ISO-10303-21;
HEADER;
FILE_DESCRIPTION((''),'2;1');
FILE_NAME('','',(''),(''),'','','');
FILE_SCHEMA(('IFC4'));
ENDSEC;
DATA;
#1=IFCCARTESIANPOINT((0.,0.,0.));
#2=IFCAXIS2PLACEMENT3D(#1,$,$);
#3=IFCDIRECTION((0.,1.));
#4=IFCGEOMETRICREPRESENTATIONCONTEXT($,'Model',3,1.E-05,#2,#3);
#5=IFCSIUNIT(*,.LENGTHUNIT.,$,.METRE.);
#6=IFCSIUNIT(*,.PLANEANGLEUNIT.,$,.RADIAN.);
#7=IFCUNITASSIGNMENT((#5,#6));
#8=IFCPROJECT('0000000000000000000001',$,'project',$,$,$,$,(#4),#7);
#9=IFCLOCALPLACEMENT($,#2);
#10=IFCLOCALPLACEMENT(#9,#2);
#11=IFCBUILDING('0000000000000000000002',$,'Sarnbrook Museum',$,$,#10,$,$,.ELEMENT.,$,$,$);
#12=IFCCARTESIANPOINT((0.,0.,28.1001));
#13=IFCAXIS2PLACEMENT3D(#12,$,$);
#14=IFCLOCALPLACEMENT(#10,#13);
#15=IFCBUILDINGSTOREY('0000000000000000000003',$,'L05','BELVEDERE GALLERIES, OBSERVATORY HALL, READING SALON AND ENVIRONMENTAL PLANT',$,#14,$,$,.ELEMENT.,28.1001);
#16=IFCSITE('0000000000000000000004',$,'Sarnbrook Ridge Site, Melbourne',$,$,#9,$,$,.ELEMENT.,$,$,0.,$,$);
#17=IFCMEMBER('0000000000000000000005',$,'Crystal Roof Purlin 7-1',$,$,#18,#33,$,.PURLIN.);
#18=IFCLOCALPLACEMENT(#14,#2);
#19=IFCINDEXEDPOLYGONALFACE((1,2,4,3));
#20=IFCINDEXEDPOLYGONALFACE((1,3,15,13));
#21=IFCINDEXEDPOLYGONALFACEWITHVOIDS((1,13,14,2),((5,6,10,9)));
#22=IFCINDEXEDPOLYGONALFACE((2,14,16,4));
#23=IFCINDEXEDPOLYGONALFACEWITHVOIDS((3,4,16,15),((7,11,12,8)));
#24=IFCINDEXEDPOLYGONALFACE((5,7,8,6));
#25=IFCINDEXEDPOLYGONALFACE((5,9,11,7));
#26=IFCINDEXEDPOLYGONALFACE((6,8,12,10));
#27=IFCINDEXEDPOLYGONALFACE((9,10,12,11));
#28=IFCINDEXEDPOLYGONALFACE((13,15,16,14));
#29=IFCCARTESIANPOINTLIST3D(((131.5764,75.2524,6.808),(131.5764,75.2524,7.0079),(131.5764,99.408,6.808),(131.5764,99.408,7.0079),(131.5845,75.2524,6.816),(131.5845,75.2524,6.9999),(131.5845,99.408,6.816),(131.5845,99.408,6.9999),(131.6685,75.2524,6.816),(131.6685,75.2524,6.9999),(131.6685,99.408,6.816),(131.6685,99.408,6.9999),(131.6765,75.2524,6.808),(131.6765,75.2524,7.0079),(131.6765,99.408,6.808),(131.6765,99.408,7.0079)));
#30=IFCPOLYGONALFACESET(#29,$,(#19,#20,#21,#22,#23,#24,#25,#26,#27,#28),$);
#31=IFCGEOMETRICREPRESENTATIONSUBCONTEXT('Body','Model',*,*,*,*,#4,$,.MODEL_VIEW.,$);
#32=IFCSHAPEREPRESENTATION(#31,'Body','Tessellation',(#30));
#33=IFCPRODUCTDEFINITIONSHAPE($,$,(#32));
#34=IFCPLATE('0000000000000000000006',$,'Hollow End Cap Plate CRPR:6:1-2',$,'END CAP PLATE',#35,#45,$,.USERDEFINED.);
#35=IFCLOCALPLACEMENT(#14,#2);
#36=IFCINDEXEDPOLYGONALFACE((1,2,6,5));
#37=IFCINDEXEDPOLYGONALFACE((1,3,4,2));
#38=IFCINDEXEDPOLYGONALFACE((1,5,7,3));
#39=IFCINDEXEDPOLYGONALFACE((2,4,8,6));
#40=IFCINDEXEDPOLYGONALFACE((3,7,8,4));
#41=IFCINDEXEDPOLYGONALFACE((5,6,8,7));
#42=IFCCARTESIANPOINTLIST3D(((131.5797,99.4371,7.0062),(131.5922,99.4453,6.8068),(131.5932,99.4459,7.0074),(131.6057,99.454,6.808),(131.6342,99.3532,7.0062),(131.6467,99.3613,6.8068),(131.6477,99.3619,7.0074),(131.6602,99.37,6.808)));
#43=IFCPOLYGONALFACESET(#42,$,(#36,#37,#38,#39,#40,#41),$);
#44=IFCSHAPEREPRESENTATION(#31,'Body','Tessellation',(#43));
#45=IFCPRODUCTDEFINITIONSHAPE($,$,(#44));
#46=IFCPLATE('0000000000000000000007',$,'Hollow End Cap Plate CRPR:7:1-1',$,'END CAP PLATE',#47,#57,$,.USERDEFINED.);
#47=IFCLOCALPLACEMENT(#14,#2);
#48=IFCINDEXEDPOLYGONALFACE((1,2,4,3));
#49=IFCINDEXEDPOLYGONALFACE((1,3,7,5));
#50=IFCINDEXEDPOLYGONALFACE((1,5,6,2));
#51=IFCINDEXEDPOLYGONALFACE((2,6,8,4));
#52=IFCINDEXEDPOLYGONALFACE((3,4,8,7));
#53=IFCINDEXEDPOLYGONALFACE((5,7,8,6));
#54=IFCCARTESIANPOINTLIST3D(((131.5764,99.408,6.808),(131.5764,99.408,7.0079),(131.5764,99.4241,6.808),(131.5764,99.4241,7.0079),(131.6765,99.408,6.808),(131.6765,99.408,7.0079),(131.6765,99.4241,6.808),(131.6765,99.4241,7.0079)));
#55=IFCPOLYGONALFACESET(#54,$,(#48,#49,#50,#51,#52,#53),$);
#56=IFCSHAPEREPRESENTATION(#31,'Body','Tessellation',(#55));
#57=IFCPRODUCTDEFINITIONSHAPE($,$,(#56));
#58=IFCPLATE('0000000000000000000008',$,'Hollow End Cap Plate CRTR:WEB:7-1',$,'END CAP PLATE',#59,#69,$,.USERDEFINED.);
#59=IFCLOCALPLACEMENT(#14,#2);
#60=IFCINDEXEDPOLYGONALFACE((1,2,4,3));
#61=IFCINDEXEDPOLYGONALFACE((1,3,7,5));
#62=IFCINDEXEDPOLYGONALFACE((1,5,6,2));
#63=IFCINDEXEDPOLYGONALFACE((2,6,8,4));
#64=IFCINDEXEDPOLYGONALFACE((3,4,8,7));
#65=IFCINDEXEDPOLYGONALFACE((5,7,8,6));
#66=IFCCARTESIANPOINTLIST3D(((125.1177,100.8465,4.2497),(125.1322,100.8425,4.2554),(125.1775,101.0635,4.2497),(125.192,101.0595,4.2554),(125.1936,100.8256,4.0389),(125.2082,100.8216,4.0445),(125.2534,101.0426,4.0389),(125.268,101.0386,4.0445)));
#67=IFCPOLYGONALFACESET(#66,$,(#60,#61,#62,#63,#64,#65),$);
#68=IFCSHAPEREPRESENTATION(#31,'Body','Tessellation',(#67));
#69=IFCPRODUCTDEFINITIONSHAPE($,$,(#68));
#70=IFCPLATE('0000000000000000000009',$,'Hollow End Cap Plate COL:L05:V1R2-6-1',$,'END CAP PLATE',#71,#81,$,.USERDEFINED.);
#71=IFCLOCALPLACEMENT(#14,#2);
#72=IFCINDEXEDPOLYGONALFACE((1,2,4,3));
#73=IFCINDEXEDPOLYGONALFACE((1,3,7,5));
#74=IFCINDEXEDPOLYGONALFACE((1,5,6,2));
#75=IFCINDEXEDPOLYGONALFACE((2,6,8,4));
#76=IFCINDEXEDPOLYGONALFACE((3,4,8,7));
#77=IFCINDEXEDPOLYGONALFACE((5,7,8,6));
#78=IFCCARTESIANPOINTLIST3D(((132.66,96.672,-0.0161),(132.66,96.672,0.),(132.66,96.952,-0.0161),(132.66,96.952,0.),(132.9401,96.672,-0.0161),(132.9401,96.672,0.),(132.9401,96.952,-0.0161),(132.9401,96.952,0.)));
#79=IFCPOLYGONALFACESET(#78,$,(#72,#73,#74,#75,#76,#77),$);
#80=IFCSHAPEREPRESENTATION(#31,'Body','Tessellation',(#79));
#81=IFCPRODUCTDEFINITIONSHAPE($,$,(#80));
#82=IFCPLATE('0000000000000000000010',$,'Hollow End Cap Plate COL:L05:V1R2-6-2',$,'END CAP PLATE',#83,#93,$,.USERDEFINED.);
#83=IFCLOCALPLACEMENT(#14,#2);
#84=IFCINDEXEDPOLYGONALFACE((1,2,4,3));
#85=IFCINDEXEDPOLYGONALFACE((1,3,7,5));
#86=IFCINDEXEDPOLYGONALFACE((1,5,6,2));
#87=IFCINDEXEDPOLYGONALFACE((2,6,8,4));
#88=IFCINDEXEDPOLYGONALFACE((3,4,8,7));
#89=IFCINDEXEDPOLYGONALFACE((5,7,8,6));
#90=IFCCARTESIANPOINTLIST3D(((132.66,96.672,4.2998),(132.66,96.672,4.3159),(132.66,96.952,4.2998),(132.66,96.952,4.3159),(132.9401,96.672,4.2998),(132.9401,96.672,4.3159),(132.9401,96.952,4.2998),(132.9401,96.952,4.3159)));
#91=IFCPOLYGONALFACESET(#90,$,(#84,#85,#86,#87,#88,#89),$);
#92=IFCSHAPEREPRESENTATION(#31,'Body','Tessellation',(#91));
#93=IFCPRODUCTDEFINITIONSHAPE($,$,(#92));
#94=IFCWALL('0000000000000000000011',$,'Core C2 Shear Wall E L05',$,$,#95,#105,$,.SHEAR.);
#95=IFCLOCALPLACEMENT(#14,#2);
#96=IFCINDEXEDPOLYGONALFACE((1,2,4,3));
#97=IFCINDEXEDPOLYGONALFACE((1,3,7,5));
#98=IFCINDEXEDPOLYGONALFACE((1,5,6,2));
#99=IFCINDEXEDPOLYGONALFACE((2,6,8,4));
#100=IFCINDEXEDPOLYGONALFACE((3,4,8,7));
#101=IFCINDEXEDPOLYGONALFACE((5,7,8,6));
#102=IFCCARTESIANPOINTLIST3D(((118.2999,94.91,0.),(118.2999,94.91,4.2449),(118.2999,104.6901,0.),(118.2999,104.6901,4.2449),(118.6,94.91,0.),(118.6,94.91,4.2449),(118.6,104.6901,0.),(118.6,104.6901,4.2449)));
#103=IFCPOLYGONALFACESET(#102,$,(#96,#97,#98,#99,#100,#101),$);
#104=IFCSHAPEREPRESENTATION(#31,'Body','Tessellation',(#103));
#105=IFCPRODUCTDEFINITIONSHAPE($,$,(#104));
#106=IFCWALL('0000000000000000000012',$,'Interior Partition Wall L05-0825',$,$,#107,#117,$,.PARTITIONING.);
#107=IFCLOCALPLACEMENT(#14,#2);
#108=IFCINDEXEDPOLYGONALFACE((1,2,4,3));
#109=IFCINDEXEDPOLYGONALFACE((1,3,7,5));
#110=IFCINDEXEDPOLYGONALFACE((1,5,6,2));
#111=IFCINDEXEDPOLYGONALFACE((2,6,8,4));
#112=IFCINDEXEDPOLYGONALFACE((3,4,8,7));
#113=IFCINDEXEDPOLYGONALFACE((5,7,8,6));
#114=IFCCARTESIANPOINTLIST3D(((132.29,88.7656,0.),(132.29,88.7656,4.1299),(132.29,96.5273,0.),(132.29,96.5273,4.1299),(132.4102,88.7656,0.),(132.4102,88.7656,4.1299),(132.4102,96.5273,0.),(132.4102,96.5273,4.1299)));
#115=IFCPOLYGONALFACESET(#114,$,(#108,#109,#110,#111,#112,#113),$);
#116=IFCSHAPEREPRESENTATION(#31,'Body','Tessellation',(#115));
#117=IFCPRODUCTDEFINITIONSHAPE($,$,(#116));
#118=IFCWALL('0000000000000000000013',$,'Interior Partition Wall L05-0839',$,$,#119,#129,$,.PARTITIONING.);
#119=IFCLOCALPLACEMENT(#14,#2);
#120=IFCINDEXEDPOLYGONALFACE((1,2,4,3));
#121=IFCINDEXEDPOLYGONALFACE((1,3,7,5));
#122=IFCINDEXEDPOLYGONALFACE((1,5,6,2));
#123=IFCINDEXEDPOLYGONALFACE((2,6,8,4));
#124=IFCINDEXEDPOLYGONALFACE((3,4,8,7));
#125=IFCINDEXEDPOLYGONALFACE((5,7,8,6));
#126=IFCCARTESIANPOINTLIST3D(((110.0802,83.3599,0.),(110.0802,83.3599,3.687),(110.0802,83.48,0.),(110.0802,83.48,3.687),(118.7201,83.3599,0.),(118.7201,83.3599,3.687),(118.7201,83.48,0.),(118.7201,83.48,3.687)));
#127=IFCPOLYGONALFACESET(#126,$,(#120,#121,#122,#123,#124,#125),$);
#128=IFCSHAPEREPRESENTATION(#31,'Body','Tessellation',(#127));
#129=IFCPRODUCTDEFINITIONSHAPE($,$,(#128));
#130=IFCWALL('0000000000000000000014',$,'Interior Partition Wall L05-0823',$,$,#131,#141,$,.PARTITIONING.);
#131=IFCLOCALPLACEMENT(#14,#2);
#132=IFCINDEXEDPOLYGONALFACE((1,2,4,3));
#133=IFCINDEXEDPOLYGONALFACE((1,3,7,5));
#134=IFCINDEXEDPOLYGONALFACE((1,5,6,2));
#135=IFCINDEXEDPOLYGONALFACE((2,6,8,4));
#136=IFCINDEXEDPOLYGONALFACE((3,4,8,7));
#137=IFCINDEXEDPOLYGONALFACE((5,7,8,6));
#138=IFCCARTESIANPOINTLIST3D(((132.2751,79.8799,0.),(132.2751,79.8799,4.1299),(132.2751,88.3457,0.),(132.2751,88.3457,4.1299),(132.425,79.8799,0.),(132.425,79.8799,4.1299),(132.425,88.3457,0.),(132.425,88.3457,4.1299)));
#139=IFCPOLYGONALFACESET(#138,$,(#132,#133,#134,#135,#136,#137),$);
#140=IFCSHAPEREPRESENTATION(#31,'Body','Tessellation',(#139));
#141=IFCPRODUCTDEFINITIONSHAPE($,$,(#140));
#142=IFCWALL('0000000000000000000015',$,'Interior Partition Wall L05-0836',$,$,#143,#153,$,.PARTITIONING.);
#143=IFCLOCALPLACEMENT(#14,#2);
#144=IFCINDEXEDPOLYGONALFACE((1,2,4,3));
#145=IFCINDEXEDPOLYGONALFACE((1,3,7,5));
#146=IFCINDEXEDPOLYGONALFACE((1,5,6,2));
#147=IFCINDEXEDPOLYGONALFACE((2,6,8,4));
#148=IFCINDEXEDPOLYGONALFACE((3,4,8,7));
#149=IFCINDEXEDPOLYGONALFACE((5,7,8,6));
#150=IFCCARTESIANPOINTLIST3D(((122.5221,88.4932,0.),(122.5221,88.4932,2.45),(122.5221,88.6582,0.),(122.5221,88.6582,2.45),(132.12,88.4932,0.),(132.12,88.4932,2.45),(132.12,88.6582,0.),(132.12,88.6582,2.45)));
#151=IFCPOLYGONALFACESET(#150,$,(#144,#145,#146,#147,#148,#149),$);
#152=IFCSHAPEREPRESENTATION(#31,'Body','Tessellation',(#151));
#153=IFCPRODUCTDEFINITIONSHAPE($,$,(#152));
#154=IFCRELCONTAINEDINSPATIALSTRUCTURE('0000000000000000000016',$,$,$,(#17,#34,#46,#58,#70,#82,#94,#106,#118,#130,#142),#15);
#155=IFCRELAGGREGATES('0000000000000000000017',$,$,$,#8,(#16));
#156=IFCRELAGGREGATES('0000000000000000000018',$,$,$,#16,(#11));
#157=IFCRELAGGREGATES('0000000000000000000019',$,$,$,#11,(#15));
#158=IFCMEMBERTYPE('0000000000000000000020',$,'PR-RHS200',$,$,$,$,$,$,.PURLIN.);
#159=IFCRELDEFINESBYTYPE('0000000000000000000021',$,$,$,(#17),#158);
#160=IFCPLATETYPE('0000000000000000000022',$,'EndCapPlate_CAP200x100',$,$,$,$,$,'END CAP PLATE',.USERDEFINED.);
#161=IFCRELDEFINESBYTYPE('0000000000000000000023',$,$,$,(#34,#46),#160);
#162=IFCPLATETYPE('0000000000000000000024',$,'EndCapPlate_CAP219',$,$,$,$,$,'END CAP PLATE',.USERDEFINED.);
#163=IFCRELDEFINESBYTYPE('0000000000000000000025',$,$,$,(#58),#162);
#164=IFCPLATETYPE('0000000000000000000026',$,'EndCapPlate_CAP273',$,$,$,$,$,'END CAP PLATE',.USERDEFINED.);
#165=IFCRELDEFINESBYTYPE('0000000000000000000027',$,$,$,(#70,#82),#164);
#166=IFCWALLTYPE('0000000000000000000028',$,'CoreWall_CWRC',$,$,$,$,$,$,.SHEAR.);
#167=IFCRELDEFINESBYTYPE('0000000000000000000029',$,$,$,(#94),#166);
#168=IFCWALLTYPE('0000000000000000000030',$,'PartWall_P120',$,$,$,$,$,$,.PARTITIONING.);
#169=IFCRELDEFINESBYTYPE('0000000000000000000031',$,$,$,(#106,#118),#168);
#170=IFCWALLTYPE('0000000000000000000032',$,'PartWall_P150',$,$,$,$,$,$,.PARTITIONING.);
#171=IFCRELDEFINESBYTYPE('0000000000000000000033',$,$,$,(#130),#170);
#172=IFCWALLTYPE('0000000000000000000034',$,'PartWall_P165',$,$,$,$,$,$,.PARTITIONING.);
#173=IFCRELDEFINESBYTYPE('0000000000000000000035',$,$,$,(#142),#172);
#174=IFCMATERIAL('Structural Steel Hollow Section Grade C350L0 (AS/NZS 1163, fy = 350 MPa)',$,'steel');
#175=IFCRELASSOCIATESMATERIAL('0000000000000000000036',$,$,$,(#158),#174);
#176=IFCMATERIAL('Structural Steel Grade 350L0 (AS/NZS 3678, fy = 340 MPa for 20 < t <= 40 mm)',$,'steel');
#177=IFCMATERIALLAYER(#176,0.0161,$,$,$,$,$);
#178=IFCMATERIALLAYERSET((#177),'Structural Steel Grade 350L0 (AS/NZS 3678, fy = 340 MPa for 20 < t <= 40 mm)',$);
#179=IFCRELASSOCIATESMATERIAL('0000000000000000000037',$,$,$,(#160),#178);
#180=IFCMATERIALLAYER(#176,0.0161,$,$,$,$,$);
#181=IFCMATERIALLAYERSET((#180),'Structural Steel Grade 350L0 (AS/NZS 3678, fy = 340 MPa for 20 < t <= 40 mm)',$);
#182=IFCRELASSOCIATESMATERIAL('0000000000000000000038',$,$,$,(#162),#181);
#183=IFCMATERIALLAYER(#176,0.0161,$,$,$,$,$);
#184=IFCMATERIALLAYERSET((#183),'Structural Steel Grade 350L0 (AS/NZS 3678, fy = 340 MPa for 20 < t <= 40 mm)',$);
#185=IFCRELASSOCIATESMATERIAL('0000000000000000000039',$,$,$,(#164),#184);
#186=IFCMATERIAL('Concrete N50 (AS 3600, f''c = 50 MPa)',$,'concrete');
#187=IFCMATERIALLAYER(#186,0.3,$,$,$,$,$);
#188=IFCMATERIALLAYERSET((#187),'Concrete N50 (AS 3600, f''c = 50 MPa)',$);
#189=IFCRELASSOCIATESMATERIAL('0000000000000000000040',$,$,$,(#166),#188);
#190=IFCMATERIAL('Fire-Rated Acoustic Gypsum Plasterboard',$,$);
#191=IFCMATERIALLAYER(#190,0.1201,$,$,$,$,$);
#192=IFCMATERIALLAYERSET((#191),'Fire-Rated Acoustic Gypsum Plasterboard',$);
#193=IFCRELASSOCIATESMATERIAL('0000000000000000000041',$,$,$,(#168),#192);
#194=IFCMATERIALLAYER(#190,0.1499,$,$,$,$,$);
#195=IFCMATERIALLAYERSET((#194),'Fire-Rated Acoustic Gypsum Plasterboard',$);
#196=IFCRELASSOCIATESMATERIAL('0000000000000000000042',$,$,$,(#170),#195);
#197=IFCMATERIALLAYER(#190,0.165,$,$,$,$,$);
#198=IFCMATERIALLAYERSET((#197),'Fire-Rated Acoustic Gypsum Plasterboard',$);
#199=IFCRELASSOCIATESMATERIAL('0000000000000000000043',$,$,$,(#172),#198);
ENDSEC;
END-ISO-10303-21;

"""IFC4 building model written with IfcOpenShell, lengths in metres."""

from ifc_helpers import new_model, si_unit, direction, frame, frame_2d, origin, origin_2d, place, context, subcontext, project, spatial, rectangle, hollow_rectangle, extrude, material, layer, layer_set, material_profile, profile_set, type_object, element, save


model = new_model("IFC4")

# Units and contexts
model_context = context("Model", 3, precision=1e-05, world=origin(), true_north=direction((0.0, 1.0)))
body_context = subcontext(model_context, "Body", "Model", "MODEL_VIEW")
ifc_project = project(units=[si_unit("LENGTHUNIT", "METRE"), si_unit("PLANEANGLEUNIT", "RADIAN")], contexts=[model_context])

# Site, building, storey
site_placement = place(None, origin())
site = spatial("IfcSite", under=ifc_project, at=site_placement, Name="Sarnbrook Ridge Site, Melbourne", CompositionType="ELEMENT", RefElevation=0.0)
building_placement = place(site_placement, origin())
building = spatial("IfcBuilding", under=site, at=building_placement, Name="Sarnbrook Museum", CompositionType="ELEMENT")
storey_placement = place(building_placement, frame((0.0, 0.0, 28.1001)))
storey = spatial("IfcBuildingStorey", under=building, at=storey_placement, Name="L05", Description="BELVEDERE GALLERIES, OBSERVATORY HALL, READING SALON AND ENVIRONMENTAL PLANT", CompositionType="ELEMENT", Elevation=28.1001)

# Shared definitions
ifc_material_1 = material(Name="Structural Steel Hollow Section Grade C350L0 (AS/NZS 1163, fy = 350 MPa)", Category="steel")

# Shared definitions
ifc_material_2 = material(Name="Structural Steel Grade 350L0 (AS/NZS 3678, fy = 340 MPa for 20 < t <= 40 mm)", Category="steel")

# Member
ifc_material_profile_1 = material_profile(ifc_material_1, hollow_rectangle(XDim=0.1001, YDim=0.2, WallThickness=0.0081, at=origin_2d()), Name="200x100x8.0RHS")
ifc_profile_set_1 = profile_set([ifc_material_profile_1], Name="Structural Steel Hollow Section Grade C350L0 (AS/NZS 1163, fy = 350 MPa)")
member_type_1 = type_object("IfcMemberType", Name="PR-RHS200", PredefinedType="PURLIN", material=ifc_profile_set_1)
member_1_placement = place(storey_placement, frame((131.6265, 99.408, 6.908), z_axis=(0.0, -1.0, 0.0), x_axis=(1.0, 0.0, 0.0)))
element("IfcMember", 1, at=member_1_placement, inside=storey, type_object=member_type_1, Name="Crystal Roof Purlin 7-1", PredefinedType="PURLIN", context=body_context, shape_type="SweptSolid", body=[
    extrude(hollow_rectangle(XDim=0.1001, YDim=0.2, WallThickness=0.0081, at=origin_2d()), origin(), (0.0, 0.0, 1.0), 24.1555),
])

# Plates
ifc_layer_1 = layer(ifc_material_2, 0.0161)
ifc_layer_set_1 = layer_set([ifc_layer_1], Name="Structural Steel Grade 350L0 (AS/NZS 3678, fy = 340 MPa for 20 < t <= 40 mm)")
plate_type_1 = type_object("IfcPlateType", Name="EndCapPlate_CAP200x100", ElementType="END CAP PLATE", PredefinedType="USERDEFINED", material=ifc_layer_set_1)
for number, where, z_axis, x_axis, name in (
    (2, (131.6267, 99.408, 6.9077), (-0.836561, -0.542767, -0.074627), (0.544285, -0.838901, 0.0), "Hollow End Cap Plate CRPR:6:1-2"),
    (3, (131.6265, 99.4241, 6.908), (0.0, -1.0, 0.0), (1.0, 0.0, 0.0), "Hollow End Cap Plate CRPR:7:1-1"),
):
    element("IfcPlate", number, at=place(storey_placement, frame(where, z_axis=z_axis, x_axis=x_axis)), inside=storey, type_object=plate_type_1, Name=name, ObjectType="END CAP PLATE", PredefinedType="USERDEFINED", context=body_context, shape_type="SweptSolid", body=[
        extrude(rectangle(XDim=0.1001, YDim=0.2, at=origin_2d()), origin(), (0.0, 0.0, 1.0), 0.0161),
    ])
ifc_layer_2 = layer(ifc_material_2, 0.0161)
ifc_layer_set_2 = layer_set([ifc_layer_2], Name="Structural Steel Grade 350L0 (AS/NZS 3678, fy = 340 MPa for 20 < t <= 40 mm)")
plate_type_2 = type_object("IfcPlateType", Name="EndCapPlate_CAP219", ElementType="END CAP PLATE", PredefinedType="USERDEFINED", material=ifc_layer_set_2)
plate_placement = place(storey_placement, frame((125.1855, 100.9446, 4.1443), z_axis=(0.903088, -0.248856, 0.350005), x_axis=(0.265659, 0.964067, 0.0)))
element("IfcPlate", 4, at=plate_placement, inside=storey, type_object=plate_type_2, Name="Hollow End Cap Plate CRTR:WEB:7-1", ObjectType="END CAP PLATE", PredefinedType="USERDEFINED", context=body_context, shape_type="SweptSolid", body=[
    extrude(rectangle(XDim=0.2251, YDim=0.2251, at=origin_2d()), origin(), (0.0, 0.0, 1.0), 0.0161),
])
ifc_layer_3 = layer(ifc_material_2, 0.0161)
ifc_layer_set_3 = layer_set([ifc_layer_3], Name="Structural Steel Grade 350L0 (AS/NZS 3678, fy = 340 MPa for 20 < t <= 40 mm)")
plate_type_3 = type_object("IfcPlateType", Name="EndCapPlate_CAP273", ElementType="END CAP PLATE", PredefinedType="USERDEFINED", material=ifc_layer_set_3)
for number, where, z_axis, x_axis, name in (
    (5, (132.8, 96.812, -0.0161), (0.0, 0.0, 1.0), (1.0, 0.0, 0.0), "Hollow End Cap Plate COL:L05:V1R2-6-1"),
    (6, (132.8, 96.812, 4.2998), (0.0, 0.0, 1.0), (1.0, 0.0, 0.0), "Hollow End Cap Plate COL:L05:V1R2-6-2"),
):
    element("IfcPlate", number, at=place(storey_placement, frame(where, z_axis=z_axis, x_axis=x_axis)), inside=storey, type_object=plate_type_3, Name=name, ObjectType="END CAP PLATE", PredefinedType="USERDEFINED", context=body_context, shape_type="SweptSolid", body=[
        extrude(rectangle(XDim=0.28, YDim=0.28, at=origin_2d()), origin(), (0.0, 0.0, 1.0), 0.0161),
    ])

# Walls
ifc_material_3 = material(Name="Concrete N50 (AS 3600, f'c = 50 MPa)", Category="concrete")
ifc_layer_4 = layer(ifc_material_3, 0.3)
ifc_layer_set_4 = layer_set([ifc_layer_4], Name="Concrete N50 (AS 3600, f'c = 50 MPa)")
wall_type_1 = type_object("IfcWallType", Name="CoreWall_CWRC", PredefinedType="SHEAR", material=ifc_layer_set_4)
wall_1_placement = place(storey_placement, frame((118.45, 94.9099, 0.0), z_axis=(0.0, 0.0, 1.0), x_axis=(0.0, 1.0, 0.0)))
element("IfcWall", 7, at=wall_1_placement, inside=storey, type_object=wall_type_1, Name="Core C2 Shear Wall E L05", PredefinedType="SHEAR", context=body_context, shape_type="SweptSolid", body=[
    extrude(rectangle(XDim=9.78, YDim=0.3, at=frame_2d((4.8901, 0.0))), origin(), (0.0, 0.0, 1.0), 4.2449),
])
ifc_material_4 = material(Name="Fire-Rated Acoustic Gypsum Plasterboard")
ifc_layer_5 = layer(ifc_material_4, 0.1201)
ifc_layer_set_5 = layer_set([ifc_layer_5], Name="Fire-Rated Acoustic Gypsum Plasterboard")
wall_type_2 = type_object("IfcWallType", Name="PartWall_P120", PredefinedType="PARTITIONING", material=ifc_layer_set_5)
wall_2_placement = place(storey_placement, frame((132.3501, 96.5273, 0.0), z_axis=(0.0, 0.0, 1.0), x_axis=(0.0, -1.0, 0.0)))
element("IfcWall", 8, at=wall_2_placement, inside=storey, type_object=wall_type_2, Name="Interior Partition Wall L05-0825", PredefinedType="PARTITIONING", context=body_context, shape_type="SweptSolid", body=[
    extrude(rectangle(XDim=7.7617, YDim=0.1201, at=frame_2d((3.8809, 0.0))), origin(), (0.0, 0.0, 1.0), 4.1299),
])
wall_3_placement = place(storey_placement, frame((118.72, 83.4199, 0.0), z_axis=(0.0, 0.0, 1.0), x_axis=(-1.0, 0.0, 0.0)))
element("IfcWall", 9, at=wall_3_placement, inside=storey, type_object=wall_type_2, Name="Interior Partition Wall L05-0839", PredefinedType="PARTITIONING", context=body_context, shape_type="SweptSolid", body=[
    extrude(rectangle(XDim=8.6399, YDim=0.1201, at=frame_2d((4.3198, 0.0))), origin(), (0.0, 0.0, 1.0), 3.687),
])
ifc_layer_6 = layer(ifc_material_4, 0.1499)
ifc_layer_set_6 = layer_set([ifc_layer_6], Name="Fire-Rated Acoustic Gypsum Plasterboard")
wall_type_3 = type_object("IfcWallType", Name="PartWall_P150", PredefinedType="PARTITIONING", material=ifc_layer_set_6)
wall_4_placement = place(storey_placement, frame((132.3501, 88.3457, 0.0), z_axis=(0.0, 0.0, 1.0), x_axis=(0.0, -1.0, 0.0)))
element("IfcWall", 10, at=wall_4_placement, inside=storey, type_object=wall_type_3, Name="Interior Partition Wall L05-0823", PredefinedType="PARTITIONING", context=body_context, shape_type="SweptSolid", body=[
    extrude(rectangle(XDim=8.4658, YDim=0.1499, at=frame_2d((4.2329, 0.0))), origin(), (0.0, 0.0, 1.0), 4.1299),
])
ifc_layer_7 = layer(ifc_material_4, 0.165)
ifc_layer_set_7 = layer_set([ifc_layer_7], Name="Fire-Rated Acoustic Gypsum Plasterboard")
wall_type_4 = type_object("IfcWallType", Name="PartWall_P165", PredefinedType="PARTITIONING", material=ifc_layer_set_7)
wall_5_placement = place(storey_placement, frame((122.5222, 88.5757, 0.0), z_axis=(0.0, 0.0, 1.0), x_axis=(1.0, 0.0, 0.0)))
element("IfcWall", 11, at=wall_5_placement, inside=storey, type_object=wall_type_4, Name="Interior Partition Wall L05-0836", PredefinedType="PARTITIONING", context=body_context, shape_type="SweptSolid", body=[
    extrude(rectangle(XDim=9.5979, YDim=0.165, at=frame_2d((4.7988, 0.0))), origin(), (0.0, 0.0, 1.0), 2.45),
])

save(model, "model.ifc")
